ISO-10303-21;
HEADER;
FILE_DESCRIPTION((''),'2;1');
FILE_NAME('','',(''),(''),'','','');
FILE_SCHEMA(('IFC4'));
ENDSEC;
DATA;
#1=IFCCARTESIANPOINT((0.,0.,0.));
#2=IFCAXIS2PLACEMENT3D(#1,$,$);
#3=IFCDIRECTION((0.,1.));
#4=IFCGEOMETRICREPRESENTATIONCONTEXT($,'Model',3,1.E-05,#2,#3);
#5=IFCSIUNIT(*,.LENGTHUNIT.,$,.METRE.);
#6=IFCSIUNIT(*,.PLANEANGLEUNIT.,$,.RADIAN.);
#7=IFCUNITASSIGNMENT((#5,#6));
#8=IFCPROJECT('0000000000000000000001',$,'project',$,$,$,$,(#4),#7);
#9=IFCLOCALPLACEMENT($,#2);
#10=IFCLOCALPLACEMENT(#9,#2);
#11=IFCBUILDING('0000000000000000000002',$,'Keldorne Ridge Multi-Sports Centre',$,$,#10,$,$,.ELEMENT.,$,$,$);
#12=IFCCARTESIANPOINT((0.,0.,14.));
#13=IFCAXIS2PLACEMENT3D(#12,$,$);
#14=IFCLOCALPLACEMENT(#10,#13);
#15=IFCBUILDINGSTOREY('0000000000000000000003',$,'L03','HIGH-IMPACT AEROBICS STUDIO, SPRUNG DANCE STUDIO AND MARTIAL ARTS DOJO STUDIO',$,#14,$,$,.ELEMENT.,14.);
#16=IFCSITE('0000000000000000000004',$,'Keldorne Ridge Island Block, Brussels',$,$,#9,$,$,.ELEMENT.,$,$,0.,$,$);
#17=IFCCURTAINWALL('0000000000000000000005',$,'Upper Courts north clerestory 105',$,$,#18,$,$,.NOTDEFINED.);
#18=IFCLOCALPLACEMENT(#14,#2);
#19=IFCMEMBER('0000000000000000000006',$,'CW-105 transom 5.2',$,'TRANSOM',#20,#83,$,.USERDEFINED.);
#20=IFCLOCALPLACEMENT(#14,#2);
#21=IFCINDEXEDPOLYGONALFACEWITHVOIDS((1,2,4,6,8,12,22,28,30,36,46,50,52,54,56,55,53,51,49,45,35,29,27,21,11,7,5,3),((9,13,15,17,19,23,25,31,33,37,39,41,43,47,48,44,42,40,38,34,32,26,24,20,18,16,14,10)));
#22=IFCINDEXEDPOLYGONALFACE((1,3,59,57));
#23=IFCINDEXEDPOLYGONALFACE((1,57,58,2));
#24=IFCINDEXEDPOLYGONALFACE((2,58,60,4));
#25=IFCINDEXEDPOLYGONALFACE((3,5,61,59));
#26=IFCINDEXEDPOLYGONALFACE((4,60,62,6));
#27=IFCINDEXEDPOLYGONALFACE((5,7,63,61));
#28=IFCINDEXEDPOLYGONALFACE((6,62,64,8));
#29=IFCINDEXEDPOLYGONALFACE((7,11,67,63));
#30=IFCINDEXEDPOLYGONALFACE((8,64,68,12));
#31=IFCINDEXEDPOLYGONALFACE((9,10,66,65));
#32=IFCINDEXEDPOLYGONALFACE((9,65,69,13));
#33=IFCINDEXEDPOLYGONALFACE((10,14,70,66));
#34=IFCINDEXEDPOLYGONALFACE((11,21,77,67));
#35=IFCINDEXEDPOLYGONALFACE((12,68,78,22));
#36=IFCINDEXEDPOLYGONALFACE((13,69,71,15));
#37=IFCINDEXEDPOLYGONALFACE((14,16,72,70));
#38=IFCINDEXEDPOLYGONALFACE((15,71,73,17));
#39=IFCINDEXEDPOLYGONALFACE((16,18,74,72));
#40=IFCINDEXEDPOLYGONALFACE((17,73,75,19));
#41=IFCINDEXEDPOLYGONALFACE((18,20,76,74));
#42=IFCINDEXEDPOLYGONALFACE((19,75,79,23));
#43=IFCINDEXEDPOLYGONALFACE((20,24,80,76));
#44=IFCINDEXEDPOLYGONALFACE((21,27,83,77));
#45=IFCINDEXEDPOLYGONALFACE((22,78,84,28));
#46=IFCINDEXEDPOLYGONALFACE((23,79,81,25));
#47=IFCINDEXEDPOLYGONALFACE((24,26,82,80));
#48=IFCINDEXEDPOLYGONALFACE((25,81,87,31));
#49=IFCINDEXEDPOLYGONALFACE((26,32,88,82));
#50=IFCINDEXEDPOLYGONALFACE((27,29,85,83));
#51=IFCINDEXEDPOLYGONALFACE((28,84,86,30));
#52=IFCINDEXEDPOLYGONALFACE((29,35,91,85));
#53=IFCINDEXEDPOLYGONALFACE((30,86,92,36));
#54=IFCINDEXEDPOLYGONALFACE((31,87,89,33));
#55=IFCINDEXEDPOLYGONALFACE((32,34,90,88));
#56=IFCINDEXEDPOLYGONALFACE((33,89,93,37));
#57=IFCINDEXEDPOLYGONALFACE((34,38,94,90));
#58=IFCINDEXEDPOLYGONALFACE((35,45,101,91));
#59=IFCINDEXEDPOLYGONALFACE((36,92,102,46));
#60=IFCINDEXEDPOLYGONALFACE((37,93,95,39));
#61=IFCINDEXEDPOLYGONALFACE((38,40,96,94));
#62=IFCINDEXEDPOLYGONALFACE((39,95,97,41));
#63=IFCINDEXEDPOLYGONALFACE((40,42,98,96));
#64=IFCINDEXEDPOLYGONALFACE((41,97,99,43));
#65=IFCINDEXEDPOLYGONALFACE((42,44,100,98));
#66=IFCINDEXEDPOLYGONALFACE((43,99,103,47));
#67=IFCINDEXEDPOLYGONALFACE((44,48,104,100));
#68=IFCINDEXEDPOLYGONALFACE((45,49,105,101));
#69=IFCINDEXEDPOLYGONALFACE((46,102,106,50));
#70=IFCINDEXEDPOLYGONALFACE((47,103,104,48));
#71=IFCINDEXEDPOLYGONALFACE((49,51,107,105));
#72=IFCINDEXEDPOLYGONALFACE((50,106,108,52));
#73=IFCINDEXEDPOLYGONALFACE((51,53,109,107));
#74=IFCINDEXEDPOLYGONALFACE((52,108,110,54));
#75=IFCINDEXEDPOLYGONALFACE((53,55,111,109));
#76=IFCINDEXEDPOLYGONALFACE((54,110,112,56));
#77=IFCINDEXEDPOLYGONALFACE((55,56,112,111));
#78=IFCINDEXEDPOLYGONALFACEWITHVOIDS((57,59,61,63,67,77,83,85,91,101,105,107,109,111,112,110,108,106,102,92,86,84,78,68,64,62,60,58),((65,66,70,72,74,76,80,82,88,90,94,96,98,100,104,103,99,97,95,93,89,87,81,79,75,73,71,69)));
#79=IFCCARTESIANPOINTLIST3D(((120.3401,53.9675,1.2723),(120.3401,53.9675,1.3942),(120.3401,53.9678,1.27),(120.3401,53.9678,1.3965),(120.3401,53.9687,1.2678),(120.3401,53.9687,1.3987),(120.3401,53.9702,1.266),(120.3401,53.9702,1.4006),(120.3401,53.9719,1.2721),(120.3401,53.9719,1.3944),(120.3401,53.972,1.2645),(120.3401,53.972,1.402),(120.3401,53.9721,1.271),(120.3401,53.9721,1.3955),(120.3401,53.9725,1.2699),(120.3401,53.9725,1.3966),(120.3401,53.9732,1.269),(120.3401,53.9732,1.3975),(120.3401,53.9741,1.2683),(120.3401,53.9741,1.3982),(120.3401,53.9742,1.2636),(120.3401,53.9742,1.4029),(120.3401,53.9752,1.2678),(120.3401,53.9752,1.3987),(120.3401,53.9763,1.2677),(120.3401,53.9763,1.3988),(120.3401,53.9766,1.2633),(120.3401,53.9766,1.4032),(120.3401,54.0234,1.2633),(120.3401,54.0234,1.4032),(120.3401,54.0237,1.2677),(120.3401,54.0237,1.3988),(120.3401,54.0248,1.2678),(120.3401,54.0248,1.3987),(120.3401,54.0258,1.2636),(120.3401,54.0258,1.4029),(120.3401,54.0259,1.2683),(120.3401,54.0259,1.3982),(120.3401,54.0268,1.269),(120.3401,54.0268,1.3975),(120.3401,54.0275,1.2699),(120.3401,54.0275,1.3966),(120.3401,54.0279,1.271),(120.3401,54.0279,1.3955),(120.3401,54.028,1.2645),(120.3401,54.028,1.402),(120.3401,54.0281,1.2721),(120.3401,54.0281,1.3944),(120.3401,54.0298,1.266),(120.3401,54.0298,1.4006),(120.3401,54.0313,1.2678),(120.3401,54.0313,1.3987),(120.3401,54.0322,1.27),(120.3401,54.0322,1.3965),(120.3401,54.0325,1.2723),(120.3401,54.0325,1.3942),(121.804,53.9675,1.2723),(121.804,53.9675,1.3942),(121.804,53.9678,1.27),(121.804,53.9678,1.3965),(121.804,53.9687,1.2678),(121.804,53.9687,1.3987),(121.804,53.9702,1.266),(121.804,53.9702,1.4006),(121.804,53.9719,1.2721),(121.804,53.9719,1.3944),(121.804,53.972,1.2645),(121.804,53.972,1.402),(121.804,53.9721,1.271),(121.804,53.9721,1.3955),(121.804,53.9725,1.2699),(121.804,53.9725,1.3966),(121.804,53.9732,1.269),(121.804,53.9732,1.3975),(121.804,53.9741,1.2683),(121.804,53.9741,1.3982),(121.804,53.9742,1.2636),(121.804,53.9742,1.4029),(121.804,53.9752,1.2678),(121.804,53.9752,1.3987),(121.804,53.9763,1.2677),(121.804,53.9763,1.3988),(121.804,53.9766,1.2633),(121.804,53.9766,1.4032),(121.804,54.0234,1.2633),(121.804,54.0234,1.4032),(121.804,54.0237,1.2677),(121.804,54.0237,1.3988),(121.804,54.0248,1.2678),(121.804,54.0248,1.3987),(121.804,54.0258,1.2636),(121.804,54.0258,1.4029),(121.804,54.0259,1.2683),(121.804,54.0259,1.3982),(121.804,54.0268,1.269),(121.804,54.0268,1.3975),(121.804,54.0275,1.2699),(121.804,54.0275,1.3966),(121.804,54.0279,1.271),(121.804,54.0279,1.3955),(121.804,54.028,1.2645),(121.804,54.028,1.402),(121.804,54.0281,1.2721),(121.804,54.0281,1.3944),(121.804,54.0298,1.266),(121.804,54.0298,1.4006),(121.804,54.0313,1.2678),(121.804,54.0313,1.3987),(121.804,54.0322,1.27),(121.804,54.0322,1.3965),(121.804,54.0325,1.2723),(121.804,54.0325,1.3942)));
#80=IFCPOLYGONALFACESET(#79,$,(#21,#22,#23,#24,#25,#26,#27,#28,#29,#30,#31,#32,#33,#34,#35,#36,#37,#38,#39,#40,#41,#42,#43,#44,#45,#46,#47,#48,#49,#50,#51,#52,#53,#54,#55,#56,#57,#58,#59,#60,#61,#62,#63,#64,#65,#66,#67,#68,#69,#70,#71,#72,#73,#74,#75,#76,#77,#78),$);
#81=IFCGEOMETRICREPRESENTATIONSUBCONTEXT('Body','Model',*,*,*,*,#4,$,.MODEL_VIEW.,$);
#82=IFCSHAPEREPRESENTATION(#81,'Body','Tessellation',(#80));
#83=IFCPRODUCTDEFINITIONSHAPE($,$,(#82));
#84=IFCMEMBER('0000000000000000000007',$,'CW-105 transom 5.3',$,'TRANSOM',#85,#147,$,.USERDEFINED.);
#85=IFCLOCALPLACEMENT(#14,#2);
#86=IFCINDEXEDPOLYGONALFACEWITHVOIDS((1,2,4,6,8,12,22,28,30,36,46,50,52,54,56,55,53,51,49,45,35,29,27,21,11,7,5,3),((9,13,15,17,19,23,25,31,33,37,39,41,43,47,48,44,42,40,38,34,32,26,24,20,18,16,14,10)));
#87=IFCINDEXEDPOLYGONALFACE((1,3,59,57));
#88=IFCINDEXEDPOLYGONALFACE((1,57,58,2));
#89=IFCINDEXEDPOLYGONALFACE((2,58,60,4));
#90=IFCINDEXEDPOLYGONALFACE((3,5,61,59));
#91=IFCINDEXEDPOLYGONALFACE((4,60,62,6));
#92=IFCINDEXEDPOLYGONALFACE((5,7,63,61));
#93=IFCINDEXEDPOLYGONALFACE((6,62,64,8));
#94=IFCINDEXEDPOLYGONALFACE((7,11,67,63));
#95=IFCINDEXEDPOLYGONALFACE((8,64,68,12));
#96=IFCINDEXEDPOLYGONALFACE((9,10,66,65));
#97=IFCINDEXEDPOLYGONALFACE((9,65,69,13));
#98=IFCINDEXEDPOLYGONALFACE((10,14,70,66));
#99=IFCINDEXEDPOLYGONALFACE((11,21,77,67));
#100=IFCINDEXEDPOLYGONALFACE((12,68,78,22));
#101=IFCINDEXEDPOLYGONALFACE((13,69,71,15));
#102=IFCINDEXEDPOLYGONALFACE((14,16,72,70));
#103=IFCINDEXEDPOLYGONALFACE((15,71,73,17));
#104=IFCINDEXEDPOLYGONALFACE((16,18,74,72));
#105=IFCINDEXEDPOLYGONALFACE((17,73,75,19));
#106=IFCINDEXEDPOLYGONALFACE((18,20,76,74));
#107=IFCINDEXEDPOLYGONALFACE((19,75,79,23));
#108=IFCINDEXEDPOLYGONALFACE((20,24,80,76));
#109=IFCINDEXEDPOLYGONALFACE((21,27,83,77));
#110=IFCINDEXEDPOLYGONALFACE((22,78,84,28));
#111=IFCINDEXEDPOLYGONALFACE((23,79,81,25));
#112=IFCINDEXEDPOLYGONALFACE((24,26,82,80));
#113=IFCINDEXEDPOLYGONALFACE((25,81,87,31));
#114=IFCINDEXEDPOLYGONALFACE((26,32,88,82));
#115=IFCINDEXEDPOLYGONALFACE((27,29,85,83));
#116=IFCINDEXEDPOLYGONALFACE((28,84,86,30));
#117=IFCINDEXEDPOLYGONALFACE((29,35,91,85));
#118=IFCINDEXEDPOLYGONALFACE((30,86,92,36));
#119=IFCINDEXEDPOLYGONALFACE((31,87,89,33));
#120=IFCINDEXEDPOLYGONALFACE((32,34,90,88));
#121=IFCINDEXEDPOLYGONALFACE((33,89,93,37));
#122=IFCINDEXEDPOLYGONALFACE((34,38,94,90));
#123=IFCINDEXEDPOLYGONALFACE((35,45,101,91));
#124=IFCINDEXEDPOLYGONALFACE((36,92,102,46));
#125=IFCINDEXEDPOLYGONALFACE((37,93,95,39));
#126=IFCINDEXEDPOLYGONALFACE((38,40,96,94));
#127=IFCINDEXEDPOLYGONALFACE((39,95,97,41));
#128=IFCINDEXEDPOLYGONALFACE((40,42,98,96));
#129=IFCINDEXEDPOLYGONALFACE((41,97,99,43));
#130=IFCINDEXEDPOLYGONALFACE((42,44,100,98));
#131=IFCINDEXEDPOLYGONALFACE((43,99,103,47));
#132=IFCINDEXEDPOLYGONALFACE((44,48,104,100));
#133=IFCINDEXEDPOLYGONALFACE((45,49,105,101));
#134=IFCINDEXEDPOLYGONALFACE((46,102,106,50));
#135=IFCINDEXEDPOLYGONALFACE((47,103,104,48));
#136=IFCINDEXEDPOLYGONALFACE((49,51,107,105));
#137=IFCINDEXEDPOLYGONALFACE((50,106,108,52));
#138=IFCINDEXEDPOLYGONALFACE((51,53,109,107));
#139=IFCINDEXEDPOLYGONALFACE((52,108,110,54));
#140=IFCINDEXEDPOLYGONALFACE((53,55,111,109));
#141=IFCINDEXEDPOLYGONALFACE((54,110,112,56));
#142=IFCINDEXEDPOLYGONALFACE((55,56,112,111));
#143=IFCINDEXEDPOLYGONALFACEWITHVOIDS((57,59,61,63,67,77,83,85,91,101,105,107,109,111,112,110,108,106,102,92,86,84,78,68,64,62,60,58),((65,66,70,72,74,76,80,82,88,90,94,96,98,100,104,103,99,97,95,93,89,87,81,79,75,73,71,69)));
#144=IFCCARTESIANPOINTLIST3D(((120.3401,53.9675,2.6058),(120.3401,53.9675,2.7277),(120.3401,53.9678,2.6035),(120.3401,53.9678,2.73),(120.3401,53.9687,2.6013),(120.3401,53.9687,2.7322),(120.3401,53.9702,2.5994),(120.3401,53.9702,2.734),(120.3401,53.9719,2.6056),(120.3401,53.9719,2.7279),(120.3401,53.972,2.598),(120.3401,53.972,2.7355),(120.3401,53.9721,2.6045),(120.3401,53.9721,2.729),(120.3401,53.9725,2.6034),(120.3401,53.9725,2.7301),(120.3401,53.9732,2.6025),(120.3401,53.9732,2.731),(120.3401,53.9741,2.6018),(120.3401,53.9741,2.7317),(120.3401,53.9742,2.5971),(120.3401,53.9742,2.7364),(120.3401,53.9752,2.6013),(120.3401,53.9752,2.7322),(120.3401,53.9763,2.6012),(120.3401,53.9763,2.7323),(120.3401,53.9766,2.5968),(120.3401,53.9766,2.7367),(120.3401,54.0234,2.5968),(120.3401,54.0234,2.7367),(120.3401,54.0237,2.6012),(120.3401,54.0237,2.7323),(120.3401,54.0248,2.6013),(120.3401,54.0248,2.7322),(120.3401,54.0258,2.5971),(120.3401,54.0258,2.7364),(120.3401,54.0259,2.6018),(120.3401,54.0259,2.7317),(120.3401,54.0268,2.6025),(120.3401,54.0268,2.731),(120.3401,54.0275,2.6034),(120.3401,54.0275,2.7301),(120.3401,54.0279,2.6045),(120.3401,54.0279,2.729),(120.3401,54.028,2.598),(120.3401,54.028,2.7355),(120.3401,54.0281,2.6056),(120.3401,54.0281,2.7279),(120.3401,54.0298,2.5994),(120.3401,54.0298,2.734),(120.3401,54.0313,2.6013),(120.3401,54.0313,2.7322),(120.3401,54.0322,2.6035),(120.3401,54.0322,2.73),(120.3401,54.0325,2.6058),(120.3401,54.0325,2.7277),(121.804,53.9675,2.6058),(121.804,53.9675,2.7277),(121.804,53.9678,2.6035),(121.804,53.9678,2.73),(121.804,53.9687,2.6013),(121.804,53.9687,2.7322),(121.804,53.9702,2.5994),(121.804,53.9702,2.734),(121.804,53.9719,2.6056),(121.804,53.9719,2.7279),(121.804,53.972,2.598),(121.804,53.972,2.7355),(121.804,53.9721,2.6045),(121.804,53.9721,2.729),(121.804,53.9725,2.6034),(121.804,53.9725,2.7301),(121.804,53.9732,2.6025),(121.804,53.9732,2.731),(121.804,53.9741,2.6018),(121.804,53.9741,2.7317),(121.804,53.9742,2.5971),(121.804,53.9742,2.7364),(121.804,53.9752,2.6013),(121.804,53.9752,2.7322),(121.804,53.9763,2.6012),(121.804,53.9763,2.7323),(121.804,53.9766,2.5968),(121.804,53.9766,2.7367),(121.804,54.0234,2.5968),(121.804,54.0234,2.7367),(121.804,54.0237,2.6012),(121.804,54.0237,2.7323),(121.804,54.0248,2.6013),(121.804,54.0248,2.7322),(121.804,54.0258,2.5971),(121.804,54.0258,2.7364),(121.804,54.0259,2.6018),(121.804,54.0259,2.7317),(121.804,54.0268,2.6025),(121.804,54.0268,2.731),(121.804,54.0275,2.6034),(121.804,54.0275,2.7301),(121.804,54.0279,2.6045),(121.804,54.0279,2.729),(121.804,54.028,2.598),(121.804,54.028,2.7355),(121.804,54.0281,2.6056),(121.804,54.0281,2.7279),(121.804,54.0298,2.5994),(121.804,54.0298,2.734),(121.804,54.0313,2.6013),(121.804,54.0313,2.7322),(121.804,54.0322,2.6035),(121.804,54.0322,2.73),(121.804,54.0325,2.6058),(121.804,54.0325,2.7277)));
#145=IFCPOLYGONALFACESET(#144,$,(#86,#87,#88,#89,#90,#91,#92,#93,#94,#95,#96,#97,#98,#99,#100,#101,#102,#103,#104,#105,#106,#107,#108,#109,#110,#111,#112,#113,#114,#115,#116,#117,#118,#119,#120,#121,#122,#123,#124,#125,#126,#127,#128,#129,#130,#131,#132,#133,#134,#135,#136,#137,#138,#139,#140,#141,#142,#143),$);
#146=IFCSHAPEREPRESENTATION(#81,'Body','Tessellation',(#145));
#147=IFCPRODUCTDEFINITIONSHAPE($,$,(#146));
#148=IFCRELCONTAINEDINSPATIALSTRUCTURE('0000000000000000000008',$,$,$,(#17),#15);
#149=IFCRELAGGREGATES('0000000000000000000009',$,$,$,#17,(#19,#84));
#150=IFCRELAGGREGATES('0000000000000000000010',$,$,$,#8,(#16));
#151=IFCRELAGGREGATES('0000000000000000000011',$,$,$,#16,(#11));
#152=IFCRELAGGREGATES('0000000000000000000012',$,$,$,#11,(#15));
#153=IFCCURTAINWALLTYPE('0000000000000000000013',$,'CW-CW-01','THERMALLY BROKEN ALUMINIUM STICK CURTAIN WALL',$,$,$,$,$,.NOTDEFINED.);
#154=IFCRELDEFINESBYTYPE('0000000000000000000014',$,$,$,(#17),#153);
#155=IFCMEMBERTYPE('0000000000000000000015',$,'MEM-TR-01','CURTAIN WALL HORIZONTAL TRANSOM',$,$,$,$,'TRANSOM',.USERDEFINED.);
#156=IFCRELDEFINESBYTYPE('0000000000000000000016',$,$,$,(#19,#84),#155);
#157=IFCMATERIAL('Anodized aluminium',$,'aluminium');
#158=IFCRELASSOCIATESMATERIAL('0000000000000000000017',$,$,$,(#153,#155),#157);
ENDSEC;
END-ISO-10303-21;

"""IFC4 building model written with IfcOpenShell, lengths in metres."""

from ifc_helpers import new_model, si_unit, direction, frame, origin, origin_2d, place, context, subcontext, project, spatial, hollow_rectangle, extrude, material, material_profile, profile_set, type_object, element, aggregate, save


model = new_model("IFC4")

# Units and contexts
model_context = context("Model", 3, precision=1e-05, world=origin(), true_north=direction((0.0, 1.0)))
body_context = subcontext(model_context, "Body", "Model", "MODEL_VIEW")
ifc_project = project(units=[si_unit("LENGTHUNIT", "METRE"), si_unit("PLANEANGLEUNIT", "RADIAN")], contexts=[model_context])

# Site, building, storey
site_placement = place(None, origin())
site = spatial("IfcSite", under=ifc_project, at=site_placement, Name="Keldorne Ridge Island Block, Brussels", CompositionType="ELEMENT", RefElevation=0.0)
building_placement = place(site_placement, origin())
building = spatial("IfcBuilding", under=site, at=building_placement, Name="Keldorne Ridge Multi-Sports Centre", CompositionType="ELEMENT")
storey_placement = place(building_placement, frame((0.0, 0.0, 14.0)))
storey = spatial("IfcBuildingStorey", under=building, at=storey_placement, Name="L03", Description="HIGH-IMPACT AEROBICS STUDIO, SPRUNG DANCE STUDIO AND MARTIAL ARTS DOJO STUDIO", CompositionType="ELEMENT", Elevation=14.0)

# Curtain wall, members
ifc_material_1 = material(Name="Anodized aluminium", Category="aluminium")
curtain_wall_type = type_object("IfcCurtainWallType", Name="CW-CW-01", Description="THERMALLY BROKEN ALUMINIUM STICK CURTAIN WALL", PredefinedType="NOTDEFINED", material=ifc_material_1)
curtain_wall_placement = place(storey_placement, origin())
curtain_wall = element("IfcCurtainWall", 1, at=curtain_wall_placement, inside=storey, type_object=curtain_wall_type, Name="Upper Courts north clerestory 105", PredefinedType="NOTDEFINED")
ifc_material_profile_1 = material_profile(ifc_material_1, hollow_rectangle(XDim=0.0649, YDim=0.1399, WallThickness=0.0044, InnerFilletRadius=0.0044, OuterFilletRadius=0.009, at=origin_2d()), Name="ALU TRANSOM 140x65x4.5")
ifc_profile_set_1 = profile_set([ifc_material_profile_1], Name="Anodized aluminium")
member_type_1 = type_object("IfcMemberType", Name="MEM-TR-01", Description="CURTAIN WALL HORIZONTAL TRANSOM", ElementType="TRANSOM", PredefinedType="USERDEFINED", material=ifc_profile_set_1)
member_1_placement = place(storey_placement, frame((121.804, 54.0, 1.3333), z_axis=(-1.0, 0.0, 0.0), x_axis=(0.0, -1.0, 0.0)))
member_1 = element("IfcMember", 2, at=member_1_placement, type_object=member_type_1, Name="CW-105 transom 5.2", ObjectType="TRANSOM", PredefinedType="USERDEFINED", context=body_context, shape_type="SweptSolid", body=[
    extrude(hollow_rectangle(XDim=0.0649, YDim=0.1399, WallThickness=0.0044, InnerFilletRadius=0.0044, OuterFilletRadius=0.009, at=origin_2d()), origin(), (0.0, 0.0, 1.0), 1.4639),
])
member_2_placement = place(storey_placement, frame((121.804, 54.0, 2.6667), z_axis=(-1.0, 0.0, 0.0), x_axis=(0.0, -1.0, 0.0)))
member_2 = element("IfcMember", 3, at=member_2_placement, type_object=member_type_1, Name="CW-105 transom 5.3", ObjectType="TRANSOM", PredefinedType="USERDEFINED", context=body_context, shape_type="SweptSolid", body=[
    extrude(hollow_rectangle(XDim=0.0649, YDim=0.1399, WallThickness=0.0044, InnerFilletRadius=0.0044, OuterFilletRadius=0.009, at=origin_2d()), origin(), (0.0, 0.0, 1.0), 1.4639),
])
aggregate(curtain_wall, [member_1, member_2])

save(model, "model.ifc")
